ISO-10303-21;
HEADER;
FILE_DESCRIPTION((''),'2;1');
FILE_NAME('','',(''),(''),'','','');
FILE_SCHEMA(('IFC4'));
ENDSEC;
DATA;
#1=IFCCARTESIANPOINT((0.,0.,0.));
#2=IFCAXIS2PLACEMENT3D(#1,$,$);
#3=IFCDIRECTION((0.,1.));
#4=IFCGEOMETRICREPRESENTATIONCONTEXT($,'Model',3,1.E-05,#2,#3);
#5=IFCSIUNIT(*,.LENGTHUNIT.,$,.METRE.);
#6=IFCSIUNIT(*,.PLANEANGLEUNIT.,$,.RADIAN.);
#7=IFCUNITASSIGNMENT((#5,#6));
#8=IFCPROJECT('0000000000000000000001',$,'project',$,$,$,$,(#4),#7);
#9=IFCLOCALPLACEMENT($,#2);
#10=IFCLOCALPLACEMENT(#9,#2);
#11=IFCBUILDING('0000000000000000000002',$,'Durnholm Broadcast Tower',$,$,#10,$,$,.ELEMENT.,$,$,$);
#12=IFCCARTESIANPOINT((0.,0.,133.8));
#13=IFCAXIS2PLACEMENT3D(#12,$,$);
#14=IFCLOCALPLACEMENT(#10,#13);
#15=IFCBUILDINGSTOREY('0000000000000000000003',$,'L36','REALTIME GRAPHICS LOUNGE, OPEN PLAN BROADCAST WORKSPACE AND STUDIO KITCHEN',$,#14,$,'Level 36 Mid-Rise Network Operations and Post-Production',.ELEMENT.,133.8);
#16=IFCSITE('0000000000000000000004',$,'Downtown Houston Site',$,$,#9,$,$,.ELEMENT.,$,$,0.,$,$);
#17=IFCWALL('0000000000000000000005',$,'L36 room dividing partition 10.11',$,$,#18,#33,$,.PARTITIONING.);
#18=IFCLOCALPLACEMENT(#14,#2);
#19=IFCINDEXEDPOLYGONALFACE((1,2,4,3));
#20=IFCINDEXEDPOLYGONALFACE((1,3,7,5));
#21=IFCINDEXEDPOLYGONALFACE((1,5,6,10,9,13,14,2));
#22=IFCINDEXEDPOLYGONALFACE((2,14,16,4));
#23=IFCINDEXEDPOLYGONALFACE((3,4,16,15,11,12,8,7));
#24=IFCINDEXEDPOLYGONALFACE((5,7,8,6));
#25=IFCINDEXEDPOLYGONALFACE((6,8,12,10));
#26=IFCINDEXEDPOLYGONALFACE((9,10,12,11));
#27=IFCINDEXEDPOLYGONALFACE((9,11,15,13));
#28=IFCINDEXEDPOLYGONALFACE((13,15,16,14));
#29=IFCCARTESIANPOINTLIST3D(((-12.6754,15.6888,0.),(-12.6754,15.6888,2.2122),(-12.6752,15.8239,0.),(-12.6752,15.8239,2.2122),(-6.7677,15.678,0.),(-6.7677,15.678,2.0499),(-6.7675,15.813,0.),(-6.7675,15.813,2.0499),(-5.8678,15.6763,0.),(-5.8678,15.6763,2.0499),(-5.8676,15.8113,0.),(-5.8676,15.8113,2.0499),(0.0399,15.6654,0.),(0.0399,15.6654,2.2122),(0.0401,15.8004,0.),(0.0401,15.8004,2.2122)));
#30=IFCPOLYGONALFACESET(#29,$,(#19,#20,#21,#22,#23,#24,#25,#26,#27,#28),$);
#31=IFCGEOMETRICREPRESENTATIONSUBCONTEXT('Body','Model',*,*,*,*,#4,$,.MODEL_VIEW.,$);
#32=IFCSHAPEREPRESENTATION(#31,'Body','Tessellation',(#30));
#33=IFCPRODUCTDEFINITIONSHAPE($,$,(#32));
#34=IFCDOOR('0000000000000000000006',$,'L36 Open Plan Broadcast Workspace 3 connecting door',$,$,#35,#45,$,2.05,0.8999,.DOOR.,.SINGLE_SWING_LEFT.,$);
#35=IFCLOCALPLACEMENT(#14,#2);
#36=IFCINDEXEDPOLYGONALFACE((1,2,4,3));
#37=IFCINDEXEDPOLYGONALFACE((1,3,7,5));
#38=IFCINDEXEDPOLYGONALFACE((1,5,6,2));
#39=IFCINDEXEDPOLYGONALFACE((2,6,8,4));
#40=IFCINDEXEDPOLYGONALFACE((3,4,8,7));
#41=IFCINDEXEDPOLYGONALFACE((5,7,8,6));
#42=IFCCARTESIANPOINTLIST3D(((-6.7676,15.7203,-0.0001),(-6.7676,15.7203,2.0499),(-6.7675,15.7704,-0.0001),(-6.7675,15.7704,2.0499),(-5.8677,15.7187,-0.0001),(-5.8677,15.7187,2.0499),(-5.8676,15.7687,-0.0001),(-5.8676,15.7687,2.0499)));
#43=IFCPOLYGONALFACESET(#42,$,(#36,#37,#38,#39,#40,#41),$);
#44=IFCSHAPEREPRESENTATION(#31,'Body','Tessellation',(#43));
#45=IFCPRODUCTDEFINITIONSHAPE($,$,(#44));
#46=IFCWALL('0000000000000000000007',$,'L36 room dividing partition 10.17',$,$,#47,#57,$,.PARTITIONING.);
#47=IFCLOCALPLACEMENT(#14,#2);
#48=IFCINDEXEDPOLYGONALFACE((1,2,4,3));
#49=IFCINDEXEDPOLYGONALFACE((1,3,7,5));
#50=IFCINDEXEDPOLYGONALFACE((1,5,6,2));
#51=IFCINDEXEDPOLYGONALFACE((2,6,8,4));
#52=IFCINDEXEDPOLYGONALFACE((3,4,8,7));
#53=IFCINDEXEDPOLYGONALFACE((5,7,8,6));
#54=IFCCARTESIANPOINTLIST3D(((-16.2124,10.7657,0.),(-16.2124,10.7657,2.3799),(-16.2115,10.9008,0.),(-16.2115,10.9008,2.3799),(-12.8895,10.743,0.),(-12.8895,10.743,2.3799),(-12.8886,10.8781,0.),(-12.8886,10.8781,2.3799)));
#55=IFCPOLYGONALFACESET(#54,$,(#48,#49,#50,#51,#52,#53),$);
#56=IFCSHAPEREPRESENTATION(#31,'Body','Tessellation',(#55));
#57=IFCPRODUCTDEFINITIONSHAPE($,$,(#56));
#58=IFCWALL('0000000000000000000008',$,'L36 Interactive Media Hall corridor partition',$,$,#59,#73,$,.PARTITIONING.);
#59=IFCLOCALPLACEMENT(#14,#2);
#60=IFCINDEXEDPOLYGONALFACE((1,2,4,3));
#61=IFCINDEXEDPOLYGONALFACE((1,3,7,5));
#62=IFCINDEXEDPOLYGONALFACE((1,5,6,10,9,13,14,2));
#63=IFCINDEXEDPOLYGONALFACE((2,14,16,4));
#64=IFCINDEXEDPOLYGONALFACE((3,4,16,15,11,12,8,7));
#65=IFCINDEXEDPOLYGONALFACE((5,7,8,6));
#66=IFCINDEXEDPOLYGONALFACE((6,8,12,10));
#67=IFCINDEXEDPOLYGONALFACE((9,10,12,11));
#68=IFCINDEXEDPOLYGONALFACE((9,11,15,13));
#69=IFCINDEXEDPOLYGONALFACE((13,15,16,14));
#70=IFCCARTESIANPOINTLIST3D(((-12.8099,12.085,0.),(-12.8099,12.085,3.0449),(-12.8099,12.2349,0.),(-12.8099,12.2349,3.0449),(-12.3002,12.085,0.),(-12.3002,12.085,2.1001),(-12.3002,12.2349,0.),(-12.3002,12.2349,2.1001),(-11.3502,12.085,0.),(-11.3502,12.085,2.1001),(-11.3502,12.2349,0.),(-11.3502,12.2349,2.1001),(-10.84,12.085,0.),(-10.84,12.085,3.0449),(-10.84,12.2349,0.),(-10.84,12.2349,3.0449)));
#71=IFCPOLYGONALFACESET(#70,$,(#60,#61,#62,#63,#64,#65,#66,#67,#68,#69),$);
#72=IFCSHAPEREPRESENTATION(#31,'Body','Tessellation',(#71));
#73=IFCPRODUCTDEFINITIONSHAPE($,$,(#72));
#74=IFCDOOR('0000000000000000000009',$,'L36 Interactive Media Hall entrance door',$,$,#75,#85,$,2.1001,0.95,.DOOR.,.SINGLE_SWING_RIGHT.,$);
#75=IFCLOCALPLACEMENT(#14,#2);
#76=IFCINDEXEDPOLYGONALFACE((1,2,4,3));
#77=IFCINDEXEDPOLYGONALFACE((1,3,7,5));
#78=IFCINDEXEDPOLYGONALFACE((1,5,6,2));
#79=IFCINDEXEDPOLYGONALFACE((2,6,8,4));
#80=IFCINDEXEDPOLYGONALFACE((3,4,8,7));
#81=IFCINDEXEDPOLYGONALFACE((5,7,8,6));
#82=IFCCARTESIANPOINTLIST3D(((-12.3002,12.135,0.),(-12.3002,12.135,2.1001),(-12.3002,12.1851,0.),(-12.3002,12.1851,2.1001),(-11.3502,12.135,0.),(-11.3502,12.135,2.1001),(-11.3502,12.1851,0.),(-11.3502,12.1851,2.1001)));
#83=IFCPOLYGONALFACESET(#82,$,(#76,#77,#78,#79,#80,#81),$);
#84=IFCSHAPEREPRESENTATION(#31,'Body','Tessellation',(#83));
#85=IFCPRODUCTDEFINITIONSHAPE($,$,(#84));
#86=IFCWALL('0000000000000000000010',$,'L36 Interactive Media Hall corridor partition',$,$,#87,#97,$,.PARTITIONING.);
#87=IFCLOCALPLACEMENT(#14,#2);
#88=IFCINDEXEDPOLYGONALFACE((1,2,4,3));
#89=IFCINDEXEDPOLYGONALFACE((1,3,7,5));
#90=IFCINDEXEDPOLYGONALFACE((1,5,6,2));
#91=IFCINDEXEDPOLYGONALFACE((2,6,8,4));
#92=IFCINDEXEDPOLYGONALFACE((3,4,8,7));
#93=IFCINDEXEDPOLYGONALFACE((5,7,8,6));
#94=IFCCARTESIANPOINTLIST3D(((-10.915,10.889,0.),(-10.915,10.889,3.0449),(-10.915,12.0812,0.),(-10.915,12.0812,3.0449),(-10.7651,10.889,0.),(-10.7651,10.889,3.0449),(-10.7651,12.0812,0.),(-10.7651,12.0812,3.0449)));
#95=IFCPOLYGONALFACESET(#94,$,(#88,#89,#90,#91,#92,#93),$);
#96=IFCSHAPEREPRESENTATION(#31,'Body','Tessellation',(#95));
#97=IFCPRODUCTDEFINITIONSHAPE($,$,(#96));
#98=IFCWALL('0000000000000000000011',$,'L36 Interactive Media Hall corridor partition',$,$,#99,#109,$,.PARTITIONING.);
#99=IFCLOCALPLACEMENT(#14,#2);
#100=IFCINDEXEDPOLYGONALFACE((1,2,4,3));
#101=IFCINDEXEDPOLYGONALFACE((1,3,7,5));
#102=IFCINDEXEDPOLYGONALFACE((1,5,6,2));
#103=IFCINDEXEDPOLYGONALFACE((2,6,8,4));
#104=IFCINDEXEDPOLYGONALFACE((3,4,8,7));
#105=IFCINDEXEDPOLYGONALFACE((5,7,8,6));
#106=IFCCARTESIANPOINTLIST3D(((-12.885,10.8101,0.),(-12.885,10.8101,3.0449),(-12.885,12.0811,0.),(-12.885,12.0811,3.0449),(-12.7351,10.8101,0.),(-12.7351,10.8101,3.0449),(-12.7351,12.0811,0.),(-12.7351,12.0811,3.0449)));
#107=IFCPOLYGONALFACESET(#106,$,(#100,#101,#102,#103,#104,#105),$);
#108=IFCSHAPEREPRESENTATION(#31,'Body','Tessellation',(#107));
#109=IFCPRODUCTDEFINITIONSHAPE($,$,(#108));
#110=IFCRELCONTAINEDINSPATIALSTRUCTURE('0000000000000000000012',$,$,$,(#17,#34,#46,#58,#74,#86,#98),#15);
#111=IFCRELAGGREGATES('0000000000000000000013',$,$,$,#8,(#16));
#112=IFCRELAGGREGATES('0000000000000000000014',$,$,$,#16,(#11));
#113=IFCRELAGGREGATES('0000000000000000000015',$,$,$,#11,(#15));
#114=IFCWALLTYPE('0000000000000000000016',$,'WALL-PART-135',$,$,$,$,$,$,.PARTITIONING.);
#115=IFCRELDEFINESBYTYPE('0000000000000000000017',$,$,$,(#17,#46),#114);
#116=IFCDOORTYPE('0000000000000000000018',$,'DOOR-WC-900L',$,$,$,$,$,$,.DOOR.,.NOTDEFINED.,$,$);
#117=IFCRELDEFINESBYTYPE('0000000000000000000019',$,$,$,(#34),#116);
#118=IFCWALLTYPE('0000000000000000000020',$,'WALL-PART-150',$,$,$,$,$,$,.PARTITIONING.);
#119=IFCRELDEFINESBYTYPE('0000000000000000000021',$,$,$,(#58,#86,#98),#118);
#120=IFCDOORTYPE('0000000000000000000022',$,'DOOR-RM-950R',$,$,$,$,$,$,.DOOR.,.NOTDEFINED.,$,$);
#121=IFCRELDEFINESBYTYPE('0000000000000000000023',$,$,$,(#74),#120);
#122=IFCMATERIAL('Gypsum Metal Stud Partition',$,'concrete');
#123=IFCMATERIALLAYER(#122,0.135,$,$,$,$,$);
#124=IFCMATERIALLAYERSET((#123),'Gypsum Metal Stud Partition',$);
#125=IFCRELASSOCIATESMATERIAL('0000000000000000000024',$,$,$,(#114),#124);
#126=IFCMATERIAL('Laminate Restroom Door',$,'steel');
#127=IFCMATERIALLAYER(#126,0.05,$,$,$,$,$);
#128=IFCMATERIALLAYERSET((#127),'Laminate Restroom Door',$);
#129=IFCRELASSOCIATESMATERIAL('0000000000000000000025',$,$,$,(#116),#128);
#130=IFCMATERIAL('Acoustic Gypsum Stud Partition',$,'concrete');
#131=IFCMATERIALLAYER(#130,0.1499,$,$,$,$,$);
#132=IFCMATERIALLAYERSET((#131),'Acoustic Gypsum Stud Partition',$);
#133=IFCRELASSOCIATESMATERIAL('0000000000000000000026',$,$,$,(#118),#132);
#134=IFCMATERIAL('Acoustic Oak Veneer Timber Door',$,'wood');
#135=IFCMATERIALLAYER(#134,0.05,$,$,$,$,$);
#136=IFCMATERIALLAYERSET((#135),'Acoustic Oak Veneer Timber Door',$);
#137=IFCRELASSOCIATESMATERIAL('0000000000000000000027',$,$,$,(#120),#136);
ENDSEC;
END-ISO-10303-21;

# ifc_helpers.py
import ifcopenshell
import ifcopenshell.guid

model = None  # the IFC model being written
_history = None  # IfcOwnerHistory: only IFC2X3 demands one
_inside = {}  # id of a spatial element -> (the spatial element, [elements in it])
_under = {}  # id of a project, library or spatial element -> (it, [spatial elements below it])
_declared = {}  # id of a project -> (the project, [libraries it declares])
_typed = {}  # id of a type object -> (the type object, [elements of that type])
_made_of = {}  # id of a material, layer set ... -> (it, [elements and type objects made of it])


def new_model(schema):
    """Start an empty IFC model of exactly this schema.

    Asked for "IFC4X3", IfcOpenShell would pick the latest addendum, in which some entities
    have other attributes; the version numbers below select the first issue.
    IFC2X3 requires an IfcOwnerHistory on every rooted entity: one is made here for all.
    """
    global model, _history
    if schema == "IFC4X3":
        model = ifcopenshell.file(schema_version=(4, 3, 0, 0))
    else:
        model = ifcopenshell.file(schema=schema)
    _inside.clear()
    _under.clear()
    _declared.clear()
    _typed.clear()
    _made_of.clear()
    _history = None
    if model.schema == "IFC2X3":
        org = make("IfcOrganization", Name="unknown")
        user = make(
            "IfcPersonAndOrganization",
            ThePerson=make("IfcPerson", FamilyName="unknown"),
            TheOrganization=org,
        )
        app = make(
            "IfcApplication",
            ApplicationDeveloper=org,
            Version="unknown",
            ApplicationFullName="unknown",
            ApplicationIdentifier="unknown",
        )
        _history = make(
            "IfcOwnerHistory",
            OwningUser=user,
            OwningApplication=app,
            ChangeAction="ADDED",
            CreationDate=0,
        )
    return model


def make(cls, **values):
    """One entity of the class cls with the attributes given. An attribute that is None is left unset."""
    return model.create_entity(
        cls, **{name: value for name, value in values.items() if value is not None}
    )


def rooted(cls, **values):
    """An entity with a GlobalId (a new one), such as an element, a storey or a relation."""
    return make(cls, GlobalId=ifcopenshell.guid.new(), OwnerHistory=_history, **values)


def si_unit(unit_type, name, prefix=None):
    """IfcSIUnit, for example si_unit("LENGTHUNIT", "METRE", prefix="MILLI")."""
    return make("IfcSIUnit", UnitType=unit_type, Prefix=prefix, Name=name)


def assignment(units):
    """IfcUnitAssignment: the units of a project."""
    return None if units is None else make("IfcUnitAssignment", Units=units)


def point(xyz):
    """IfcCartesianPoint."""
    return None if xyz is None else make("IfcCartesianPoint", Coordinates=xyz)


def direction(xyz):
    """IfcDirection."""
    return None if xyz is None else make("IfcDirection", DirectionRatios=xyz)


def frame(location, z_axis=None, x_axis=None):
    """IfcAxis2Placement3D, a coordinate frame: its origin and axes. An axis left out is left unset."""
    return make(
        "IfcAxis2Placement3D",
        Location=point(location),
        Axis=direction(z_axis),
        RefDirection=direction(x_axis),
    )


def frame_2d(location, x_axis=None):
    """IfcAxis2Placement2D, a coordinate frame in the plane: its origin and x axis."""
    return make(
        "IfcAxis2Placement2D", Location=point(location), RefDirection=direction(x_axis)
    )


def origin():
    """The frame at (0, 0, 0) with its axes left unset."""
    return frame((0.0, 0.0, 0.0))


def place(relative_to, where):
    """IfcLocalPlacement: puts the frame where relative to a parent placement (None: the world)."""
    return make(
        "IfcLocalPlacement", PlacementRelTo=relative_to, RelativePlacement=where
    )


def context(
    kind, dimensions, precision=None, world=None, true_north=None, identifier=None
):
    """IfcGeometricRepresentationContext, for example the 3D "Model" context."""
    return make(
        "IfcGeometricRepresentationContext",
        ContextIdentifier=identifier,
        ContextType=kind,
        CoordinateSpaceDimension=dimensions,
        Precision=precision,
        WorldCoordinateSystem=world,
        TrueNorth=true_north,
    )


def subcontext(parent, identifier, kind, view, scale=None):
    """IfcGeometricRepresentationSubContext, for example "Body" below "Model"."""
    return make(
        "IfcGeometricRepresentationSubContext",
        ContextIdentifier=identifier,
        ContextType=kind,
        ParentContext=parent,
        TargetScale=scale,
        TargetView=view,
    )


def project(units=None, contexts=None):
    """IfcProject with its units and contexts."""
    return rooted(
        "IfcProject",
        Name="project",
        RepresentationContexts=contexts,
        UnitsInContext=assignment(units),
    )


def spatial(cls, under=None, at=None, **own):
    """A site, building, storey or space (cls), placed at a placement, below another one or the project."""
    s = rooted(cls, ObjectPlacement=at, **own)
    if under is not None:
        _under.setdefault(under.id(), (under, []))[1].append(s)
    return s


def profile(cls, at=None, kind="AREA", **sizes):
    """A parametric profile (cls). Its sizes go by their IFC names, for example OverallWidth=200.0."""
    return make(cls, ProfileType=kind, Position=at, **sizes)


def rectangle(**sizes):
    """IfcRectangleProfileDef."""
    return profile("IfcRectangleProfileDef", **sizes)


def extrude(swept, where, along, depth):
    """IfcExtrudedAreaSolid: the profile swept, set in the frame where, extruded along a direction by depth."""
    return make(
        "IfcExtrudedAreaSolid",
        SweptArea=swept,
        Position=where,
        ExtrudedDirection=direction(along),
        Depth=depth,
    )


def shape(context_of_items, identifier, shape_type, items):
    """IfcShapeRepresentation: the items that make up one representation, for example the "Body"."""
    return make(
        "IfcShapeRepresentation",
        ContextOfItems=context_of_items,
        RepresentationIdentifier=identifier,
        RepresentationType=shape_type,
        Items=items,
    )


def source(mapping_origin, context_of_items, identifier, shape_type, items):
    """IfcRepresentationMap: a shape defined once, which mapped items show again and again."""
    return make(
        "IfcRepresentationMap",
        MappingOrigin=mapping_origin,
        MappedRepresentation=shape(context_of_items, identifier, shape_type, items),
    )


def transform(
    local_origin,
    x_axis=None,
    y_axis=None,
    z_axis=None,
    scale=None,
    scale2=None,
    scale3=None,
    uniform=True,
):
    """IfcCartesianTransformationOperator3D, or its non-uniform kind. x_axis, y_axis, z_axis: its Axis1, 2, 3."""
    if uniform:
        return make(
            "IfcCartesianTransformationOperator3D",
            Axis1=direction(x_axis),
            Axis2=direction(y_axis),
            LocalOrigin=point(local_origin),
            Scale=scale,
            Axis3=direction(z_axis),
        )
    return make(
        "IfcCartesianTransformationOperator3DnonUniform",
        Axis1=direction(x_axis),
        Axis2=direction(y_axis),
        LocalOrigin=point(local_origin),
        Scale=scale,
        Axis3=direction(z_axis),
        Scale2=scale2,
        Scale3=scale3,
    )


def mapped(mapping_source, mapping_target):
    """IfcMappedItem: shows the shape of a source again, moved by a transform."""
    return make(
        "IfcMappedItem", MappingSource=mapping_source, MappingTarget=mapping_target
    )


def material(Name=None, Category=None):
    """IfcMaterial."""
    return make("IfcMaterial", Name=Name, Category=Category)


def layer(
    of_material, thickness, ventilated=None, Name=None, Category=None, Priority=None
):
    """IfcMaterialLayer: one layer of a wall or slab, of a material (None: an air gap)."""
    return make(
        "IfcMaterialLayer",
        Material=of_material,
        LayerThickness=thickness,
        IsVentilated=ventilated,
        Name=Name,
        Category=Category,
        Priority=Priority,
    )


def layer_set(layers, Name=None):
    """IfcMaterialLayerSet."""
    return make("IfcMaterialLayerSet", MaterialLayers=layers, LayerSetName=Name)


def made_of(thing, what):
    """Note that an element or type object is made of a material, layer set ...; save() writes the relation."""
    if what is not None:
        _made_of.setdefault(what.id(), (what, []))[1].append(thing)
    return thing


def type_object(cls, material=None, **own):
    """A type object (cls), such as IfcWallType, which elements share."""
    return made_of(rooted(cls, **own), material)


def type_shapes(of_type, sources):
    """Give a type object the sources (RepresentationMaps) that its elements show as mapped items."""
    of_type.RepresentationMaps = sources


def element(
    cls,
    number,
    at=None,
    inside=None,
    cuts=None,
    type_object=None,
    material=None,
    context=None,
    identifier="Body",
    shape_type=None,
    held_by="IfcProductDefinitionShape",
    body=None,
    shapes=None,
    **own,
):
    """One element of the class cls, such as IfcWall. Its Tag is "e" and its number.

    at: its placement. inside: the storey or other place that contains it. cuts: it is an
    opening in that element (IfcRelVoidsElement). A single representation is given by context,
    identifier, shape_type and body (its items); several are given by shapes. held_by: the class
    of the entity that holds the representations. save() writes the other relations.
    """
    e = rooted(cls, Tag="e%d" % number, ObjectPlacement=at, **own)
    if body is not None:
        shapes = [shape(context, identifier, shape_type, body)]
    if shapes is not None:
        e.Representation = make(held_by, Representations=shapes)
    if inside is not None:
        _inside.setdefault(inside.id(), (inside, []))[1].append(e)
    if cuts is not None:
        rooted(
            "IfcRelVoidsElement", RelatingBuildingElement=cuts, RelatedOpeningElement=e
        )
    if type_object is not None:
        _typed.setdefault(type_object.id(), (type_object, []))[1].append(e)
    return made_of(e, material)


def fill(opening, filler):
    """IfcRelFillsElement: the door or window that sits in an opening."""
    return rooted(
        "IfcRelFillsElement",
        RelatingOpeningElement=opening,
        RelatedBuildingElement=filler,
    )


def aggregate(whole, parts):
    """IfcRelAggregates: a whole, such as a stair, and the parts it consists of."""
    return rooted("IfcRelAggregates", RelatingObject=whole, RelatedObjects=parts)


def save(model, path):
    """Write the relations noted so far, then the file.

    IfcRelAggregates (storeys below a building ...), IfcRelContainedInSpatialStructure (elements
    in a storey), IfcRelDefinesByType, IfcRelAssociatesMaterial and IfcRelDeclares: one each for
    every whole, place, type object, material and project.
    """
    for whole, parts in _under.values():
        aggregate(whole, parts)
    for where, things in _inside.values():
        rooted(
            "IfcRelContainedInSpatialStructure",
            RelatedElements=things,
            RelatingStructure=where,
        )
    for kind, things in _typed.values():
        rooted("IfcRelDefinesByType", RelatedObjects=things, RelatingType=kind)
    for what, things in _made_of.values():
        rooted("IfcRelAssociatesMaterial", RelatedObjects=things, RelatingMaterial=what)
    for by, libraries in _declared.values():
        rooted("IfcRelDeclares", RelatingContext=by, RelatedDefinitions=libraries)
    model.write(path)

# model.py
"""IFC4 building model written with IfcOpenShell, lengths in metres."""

from ifc_helpers import new_model, si_unit, direction, frame, frame_2d, origin, place, context, subcontext, project, spatial, rectangle, extrude, source, transform, mapped, material, layer, layer_set, type_object, type_shapes, element, fill, save


model = new_model("IFC4")

# Units and contexts
model_context = context("Model", 3, precision=1e-05, world=origin(), true_north=direction((0.0, 1.0)))
body_context = subcontext(model_context, "Body", "Model", "MODEL_VIEW")
ifc_project = project(units=[si_unit("LENGTHUNIT", "METRE"), si_unit("PLANEANGLEUNIT", "RADIAN")], contexts=[model_context])

# Site, building, storey
site_placement = place(None, origin())
site = spatial("IfcSite", under=ifc_project, at=site_placement, Name="Downtown Houston Site", CompositionType="ELEMENT", RefElevation=0.0)
building_placement = place(site_placement, origin())
building = spatial("IfcBuilding", under=site, at=building_placement, Name="Durnholm Broadcast Tower", CompositionType="ELEMENT")
storey_placement = place(building_placement, frame((0.0, 0.0, 133.8)))
storey = spatial("IfcBuildingStorey", under=building, at=storey_placement, Name="L36", Description="REALTIME GRAPHICS LOUNGE, OPEN PLAN BROADCAST WORKSPACE AND STUDIO KITCHEN", LongName="Level 36 Mid-Rise Network Operations and Post-Production", CompositionType="ELEMENT", Elevation=133.8)

# Wall, opening, door
ifc_material_1 = material(Name="Gypsum Metal Stud Partition", Category="concrete")
ifc_layer_1 = layer(ifc_material_1, 0.135)
ifc_layer_set_1 = layer_set([ifc_layer_1], Name="Gypsum Metal Stud Partition")
wall_type_1 = type_object("IfcWallType", Name="WALL-PART-135", PredefinedType="PARTITIONING", material=ifc_layer_set_1)
wall_1_placement = place(storey_placement, frame((-12.6753, 15.7563, 0.0), z_axis=(0.0, 0.0, 1.0), x_axis=(0.999998, -0.001843, 0.0)))
wall_1 = element("IfcWall", 1, at=wall_1_placement, inside=storey, type_object=wall_type_1, Name="L36 room dividing partition 10.11", PredefinedType="PARTITIONING", context=body_context, shape_type="SweptSolid", body=[
    extrude(rectangle(XDim=12.7153, YDim=0.135, at=frame_2d((6.3577, 0.0))), origin(), (0.0, 0.0, 1.0), 2.2122),
])
opening_1_placement = place(wall_1_placement, frame((5.9077, 0.0, 0.0)))
opening_1 = element("IfcOpeningElement", 2, at=opening_1_placement, cuts=wall_1, PredefinedType="OPENING", context=body_context, shape_type="SweptSolid", body=[
    extrude(rectangle(XDim=0.8999, YDim=2.05, at=frame_2d((0.45, 1.0249))), frame((0.0, 0.0776, 0.0), z_axis=(0.0, -1.0, 0.0), x_axis=(1.0, 0.0, 0.0)), (0.0, 0.0, 1.0), 0.155),
])
ifc_material_2 = material(Name="Laminate Restroom Door", Category="steel")
ifc_layer_2 = layer(ifc_material_2, 0.05)
ifc_layer_set_2 = layer_set([ifc_layer_2], Name="Laminate Restroom Door")
door_type_1 = type_object("IfcDoorType", Name="DOOR-WC-900L", OperationType="NOTDEFINED", PredefinedType="DOOR", material=ifc_layer_set_2)
shared_shape_1 = source(origin(), body_context, "Body", "SweptSolid", [
    extrude(rectangle(XDim=0.8999, YDim=2.05, at=frame_2d((0.45, 1.0249))), frame((0.0, 0.0249, 0.0), z_axis=(0.0, -1.0, 0.0), x_axis=(1.0, 0.0, 0.0)), (0.0, 0.0, 1.0), 0.05),
])
type_shapes(door_type_1, [shared_shape_1])
door_1_placement = place(opening_1_placement, origin())
door_1 = element("IfcDoor", 3, at=door_1_placement, inside=storey, type_object=door_type_1, Name="L36 Open Plan Broadcast Workspace 3 connecting door", OperationType="SINGLE_SWING_LEFT", OverallHeight=2.05, OverallWidth=0.8999, PredefinedType="DOOR", context=body_context, shape_type="MappedRepresentation", body=[
    mapped(shared_shape_1, transform((0.0, 0.0, 0.0), x_axis=(1.0, 0.0, 0.0), y_axis=(0.0, 1.0, 0.0), z_axis=(0.0, 0.0, 1.0), scale=1.0)),
])
fill(opening_1, door_1)

# Wall
wall_2_placement = place(storey_placement, frame((-12.8889, 10.8105, 0.0), z_axis=(0.0, 0.0, 1.0), x_axis=(-0.999977, 0.006833, 0.0)))
element("IfcWall", 4, at=wall_2_placement, inside=storey, type_object=wall_type_1, Name="L36 room dividing partition 10.17", PredefinedType="PARTITIONING", context=body_context, shape_type="SweptSolid", body=[
    extrude(rectangle(XDim=3.323, YDim=0.135, at=frame_2d((1.6616, 0.0))), origin(), (0.0, 0.0, 1.0), 2.3799),
])

# Wall, opening, door
ifc_material_3 = material(Name="Acoustic Gypsum Stud Partition", Category="concrete")
ifc_layer_3 = layer(ifc_material_3, 0.1499)
ifc_layer_set_3 = layer_set([ifc_layer_3], Name="Acoustic Gypsum Stud Partition")
wall_type_2 = type_object("IfcWallType", Name="WALL-PART-150", PredefinedType="PARTITIONING", material=ifc_layer_set_3)
wall_3_placement = place(storey_placement, frame((-10.8401, 12.1599, 0.0), z_axis=(0.0, 0.0, 1.0), x_axis=(-1.0, 0.0, 0.0)))
wall_3 = element("IfcWall", 5, at=wall_3_placement, inside=storey, type_object=wall_type_2, Name="L36 Interactive Media Hall corridor partition", PredefinedType="PARTITIONING", context=body_context, shape_type="SweptSolid", body=[
    extrude(rectangle(XDim=1.97, YDim=0.1499, at=frame_2d((0.9849, 0.0))), origin(), (0.0, 0.0, 1.0), 3.0449),
])
opening_2_placement = place(wall_3_placement, frame((0.51, 0.0, 0.0)))
opening_2 = element("IfcOpeningElement", 6, at=opening_2_placement, cuts=wall_3, PredefinedType="OPENING", context=body_context, shape_type="SweptSolid", body=[
    extrude(rectangle(XDim=0.95, YDim=2.1001, at=frame_2d((0.4751, 1.05))), frame((0.0, 0.085, 0.0), z_axis=(0.0, -1.0, 0.0), x_axis=(1.0, 0.0, 0.0)), (0.0, 0.0, 1.0), 0.1699),
])
ifc_material_4 = material(Name="Acoustic Oak Veneer Timber Door", Category="wood")
ifc_layer_4 = layer(ifc_material_4, 0.05)
ifc_layer_set_4 = layer_set([ifc_layer_4], Name="Acoustic Oak Veneer Timber Door")
door_type_2 = type_object("IfcDoorType", Name="DOOR-RM-950R", OperationType="NOTDEFINED", PredefinedType="DOOR", material=ifc_layer_set_4)
shared_shape_2 = source(origin(), body_context, "Body", "SweptSolid", [
    extrude(rectangle(XDim=0.95, YDim=2.1001, at=frame_2d((0.4751, 1.05))), frame((0.0, 0.0249, 0.0), z_axis=(0.0, -1.0, 0.0), x_axis=(1.0, 0.0, 0.0)), (0.0, 0.0, 1.0), 0.05),
])
type_shapes(door_type_2, [shared_shape_2])
door_2_placement = place(opening_2_placement, origin())
door_2 = element("IfcDoor", 7, at=door_2_placement, inside=storey, type_object=door_type_2, Name="L36 Interactive Media Hall entrance door", OperationType="SINGLE_SWING_RIGHT", OverallHeight=2.1001, OverallWidth=0.95, PredefinedType="DOOR", context=body_context, shape_type="MappedRepresentation", body=[
    mapped(shared_shape_2, transform((0.0, 0.0, 0.0), x_axis=(1.0, 0.0, 0.0), y_axis=(0.0, 1.0, 0.0), z_axis=(0.0, 0.0, 1.0), scale=1.0)),
])
fill(opening_2, door_2)

# Walls
wall_4_placement = place(storey_placement, frame((-10.8401, 10.8889, 0.0), z_axis=(0.0, 0.0, 1.0), x_axis=(0.0, 1.0, 0.0)))
element("IfcWall", 8, at=wall_4_placement, inside=storey, type_object=wall_type_2, Name="L36 Interactive Media Hall corridor partition", PredefinedType="PARTITIONING", context=body_context, shape_type="SweptSolid", body=[
    extrude(rectangle(XDim=1.1921, YDim=0.1499, at=frame_2d((0.5962, 0.0))), origin(), (0.0, 0.0, 1.0), 3.0449),
])
wall_5_placement = place(storey_placement, frame((-12.8101, 12.0811, 0.0), z_axis=(0.0, 0.0, 1.0), x_axis=(0.0, -1.0, 0.0)))
element("IfcWall", 9, at=wall_5_placement, inside=storey, type_object=wall_type_2, Name="L36 Interactive Media Hall corridor partition", PredefinedType="PARTITIONING", context=body_context, shape_type="SweptSolid", body=[
    extrude(rectangle(XDim=1.271, YDim=0.1499, at=frame_2d((0.6355, 0.0))), origin(), (0.0, 0.0, 1.0), 3.0449),
])

save(model, "model.ifc")
